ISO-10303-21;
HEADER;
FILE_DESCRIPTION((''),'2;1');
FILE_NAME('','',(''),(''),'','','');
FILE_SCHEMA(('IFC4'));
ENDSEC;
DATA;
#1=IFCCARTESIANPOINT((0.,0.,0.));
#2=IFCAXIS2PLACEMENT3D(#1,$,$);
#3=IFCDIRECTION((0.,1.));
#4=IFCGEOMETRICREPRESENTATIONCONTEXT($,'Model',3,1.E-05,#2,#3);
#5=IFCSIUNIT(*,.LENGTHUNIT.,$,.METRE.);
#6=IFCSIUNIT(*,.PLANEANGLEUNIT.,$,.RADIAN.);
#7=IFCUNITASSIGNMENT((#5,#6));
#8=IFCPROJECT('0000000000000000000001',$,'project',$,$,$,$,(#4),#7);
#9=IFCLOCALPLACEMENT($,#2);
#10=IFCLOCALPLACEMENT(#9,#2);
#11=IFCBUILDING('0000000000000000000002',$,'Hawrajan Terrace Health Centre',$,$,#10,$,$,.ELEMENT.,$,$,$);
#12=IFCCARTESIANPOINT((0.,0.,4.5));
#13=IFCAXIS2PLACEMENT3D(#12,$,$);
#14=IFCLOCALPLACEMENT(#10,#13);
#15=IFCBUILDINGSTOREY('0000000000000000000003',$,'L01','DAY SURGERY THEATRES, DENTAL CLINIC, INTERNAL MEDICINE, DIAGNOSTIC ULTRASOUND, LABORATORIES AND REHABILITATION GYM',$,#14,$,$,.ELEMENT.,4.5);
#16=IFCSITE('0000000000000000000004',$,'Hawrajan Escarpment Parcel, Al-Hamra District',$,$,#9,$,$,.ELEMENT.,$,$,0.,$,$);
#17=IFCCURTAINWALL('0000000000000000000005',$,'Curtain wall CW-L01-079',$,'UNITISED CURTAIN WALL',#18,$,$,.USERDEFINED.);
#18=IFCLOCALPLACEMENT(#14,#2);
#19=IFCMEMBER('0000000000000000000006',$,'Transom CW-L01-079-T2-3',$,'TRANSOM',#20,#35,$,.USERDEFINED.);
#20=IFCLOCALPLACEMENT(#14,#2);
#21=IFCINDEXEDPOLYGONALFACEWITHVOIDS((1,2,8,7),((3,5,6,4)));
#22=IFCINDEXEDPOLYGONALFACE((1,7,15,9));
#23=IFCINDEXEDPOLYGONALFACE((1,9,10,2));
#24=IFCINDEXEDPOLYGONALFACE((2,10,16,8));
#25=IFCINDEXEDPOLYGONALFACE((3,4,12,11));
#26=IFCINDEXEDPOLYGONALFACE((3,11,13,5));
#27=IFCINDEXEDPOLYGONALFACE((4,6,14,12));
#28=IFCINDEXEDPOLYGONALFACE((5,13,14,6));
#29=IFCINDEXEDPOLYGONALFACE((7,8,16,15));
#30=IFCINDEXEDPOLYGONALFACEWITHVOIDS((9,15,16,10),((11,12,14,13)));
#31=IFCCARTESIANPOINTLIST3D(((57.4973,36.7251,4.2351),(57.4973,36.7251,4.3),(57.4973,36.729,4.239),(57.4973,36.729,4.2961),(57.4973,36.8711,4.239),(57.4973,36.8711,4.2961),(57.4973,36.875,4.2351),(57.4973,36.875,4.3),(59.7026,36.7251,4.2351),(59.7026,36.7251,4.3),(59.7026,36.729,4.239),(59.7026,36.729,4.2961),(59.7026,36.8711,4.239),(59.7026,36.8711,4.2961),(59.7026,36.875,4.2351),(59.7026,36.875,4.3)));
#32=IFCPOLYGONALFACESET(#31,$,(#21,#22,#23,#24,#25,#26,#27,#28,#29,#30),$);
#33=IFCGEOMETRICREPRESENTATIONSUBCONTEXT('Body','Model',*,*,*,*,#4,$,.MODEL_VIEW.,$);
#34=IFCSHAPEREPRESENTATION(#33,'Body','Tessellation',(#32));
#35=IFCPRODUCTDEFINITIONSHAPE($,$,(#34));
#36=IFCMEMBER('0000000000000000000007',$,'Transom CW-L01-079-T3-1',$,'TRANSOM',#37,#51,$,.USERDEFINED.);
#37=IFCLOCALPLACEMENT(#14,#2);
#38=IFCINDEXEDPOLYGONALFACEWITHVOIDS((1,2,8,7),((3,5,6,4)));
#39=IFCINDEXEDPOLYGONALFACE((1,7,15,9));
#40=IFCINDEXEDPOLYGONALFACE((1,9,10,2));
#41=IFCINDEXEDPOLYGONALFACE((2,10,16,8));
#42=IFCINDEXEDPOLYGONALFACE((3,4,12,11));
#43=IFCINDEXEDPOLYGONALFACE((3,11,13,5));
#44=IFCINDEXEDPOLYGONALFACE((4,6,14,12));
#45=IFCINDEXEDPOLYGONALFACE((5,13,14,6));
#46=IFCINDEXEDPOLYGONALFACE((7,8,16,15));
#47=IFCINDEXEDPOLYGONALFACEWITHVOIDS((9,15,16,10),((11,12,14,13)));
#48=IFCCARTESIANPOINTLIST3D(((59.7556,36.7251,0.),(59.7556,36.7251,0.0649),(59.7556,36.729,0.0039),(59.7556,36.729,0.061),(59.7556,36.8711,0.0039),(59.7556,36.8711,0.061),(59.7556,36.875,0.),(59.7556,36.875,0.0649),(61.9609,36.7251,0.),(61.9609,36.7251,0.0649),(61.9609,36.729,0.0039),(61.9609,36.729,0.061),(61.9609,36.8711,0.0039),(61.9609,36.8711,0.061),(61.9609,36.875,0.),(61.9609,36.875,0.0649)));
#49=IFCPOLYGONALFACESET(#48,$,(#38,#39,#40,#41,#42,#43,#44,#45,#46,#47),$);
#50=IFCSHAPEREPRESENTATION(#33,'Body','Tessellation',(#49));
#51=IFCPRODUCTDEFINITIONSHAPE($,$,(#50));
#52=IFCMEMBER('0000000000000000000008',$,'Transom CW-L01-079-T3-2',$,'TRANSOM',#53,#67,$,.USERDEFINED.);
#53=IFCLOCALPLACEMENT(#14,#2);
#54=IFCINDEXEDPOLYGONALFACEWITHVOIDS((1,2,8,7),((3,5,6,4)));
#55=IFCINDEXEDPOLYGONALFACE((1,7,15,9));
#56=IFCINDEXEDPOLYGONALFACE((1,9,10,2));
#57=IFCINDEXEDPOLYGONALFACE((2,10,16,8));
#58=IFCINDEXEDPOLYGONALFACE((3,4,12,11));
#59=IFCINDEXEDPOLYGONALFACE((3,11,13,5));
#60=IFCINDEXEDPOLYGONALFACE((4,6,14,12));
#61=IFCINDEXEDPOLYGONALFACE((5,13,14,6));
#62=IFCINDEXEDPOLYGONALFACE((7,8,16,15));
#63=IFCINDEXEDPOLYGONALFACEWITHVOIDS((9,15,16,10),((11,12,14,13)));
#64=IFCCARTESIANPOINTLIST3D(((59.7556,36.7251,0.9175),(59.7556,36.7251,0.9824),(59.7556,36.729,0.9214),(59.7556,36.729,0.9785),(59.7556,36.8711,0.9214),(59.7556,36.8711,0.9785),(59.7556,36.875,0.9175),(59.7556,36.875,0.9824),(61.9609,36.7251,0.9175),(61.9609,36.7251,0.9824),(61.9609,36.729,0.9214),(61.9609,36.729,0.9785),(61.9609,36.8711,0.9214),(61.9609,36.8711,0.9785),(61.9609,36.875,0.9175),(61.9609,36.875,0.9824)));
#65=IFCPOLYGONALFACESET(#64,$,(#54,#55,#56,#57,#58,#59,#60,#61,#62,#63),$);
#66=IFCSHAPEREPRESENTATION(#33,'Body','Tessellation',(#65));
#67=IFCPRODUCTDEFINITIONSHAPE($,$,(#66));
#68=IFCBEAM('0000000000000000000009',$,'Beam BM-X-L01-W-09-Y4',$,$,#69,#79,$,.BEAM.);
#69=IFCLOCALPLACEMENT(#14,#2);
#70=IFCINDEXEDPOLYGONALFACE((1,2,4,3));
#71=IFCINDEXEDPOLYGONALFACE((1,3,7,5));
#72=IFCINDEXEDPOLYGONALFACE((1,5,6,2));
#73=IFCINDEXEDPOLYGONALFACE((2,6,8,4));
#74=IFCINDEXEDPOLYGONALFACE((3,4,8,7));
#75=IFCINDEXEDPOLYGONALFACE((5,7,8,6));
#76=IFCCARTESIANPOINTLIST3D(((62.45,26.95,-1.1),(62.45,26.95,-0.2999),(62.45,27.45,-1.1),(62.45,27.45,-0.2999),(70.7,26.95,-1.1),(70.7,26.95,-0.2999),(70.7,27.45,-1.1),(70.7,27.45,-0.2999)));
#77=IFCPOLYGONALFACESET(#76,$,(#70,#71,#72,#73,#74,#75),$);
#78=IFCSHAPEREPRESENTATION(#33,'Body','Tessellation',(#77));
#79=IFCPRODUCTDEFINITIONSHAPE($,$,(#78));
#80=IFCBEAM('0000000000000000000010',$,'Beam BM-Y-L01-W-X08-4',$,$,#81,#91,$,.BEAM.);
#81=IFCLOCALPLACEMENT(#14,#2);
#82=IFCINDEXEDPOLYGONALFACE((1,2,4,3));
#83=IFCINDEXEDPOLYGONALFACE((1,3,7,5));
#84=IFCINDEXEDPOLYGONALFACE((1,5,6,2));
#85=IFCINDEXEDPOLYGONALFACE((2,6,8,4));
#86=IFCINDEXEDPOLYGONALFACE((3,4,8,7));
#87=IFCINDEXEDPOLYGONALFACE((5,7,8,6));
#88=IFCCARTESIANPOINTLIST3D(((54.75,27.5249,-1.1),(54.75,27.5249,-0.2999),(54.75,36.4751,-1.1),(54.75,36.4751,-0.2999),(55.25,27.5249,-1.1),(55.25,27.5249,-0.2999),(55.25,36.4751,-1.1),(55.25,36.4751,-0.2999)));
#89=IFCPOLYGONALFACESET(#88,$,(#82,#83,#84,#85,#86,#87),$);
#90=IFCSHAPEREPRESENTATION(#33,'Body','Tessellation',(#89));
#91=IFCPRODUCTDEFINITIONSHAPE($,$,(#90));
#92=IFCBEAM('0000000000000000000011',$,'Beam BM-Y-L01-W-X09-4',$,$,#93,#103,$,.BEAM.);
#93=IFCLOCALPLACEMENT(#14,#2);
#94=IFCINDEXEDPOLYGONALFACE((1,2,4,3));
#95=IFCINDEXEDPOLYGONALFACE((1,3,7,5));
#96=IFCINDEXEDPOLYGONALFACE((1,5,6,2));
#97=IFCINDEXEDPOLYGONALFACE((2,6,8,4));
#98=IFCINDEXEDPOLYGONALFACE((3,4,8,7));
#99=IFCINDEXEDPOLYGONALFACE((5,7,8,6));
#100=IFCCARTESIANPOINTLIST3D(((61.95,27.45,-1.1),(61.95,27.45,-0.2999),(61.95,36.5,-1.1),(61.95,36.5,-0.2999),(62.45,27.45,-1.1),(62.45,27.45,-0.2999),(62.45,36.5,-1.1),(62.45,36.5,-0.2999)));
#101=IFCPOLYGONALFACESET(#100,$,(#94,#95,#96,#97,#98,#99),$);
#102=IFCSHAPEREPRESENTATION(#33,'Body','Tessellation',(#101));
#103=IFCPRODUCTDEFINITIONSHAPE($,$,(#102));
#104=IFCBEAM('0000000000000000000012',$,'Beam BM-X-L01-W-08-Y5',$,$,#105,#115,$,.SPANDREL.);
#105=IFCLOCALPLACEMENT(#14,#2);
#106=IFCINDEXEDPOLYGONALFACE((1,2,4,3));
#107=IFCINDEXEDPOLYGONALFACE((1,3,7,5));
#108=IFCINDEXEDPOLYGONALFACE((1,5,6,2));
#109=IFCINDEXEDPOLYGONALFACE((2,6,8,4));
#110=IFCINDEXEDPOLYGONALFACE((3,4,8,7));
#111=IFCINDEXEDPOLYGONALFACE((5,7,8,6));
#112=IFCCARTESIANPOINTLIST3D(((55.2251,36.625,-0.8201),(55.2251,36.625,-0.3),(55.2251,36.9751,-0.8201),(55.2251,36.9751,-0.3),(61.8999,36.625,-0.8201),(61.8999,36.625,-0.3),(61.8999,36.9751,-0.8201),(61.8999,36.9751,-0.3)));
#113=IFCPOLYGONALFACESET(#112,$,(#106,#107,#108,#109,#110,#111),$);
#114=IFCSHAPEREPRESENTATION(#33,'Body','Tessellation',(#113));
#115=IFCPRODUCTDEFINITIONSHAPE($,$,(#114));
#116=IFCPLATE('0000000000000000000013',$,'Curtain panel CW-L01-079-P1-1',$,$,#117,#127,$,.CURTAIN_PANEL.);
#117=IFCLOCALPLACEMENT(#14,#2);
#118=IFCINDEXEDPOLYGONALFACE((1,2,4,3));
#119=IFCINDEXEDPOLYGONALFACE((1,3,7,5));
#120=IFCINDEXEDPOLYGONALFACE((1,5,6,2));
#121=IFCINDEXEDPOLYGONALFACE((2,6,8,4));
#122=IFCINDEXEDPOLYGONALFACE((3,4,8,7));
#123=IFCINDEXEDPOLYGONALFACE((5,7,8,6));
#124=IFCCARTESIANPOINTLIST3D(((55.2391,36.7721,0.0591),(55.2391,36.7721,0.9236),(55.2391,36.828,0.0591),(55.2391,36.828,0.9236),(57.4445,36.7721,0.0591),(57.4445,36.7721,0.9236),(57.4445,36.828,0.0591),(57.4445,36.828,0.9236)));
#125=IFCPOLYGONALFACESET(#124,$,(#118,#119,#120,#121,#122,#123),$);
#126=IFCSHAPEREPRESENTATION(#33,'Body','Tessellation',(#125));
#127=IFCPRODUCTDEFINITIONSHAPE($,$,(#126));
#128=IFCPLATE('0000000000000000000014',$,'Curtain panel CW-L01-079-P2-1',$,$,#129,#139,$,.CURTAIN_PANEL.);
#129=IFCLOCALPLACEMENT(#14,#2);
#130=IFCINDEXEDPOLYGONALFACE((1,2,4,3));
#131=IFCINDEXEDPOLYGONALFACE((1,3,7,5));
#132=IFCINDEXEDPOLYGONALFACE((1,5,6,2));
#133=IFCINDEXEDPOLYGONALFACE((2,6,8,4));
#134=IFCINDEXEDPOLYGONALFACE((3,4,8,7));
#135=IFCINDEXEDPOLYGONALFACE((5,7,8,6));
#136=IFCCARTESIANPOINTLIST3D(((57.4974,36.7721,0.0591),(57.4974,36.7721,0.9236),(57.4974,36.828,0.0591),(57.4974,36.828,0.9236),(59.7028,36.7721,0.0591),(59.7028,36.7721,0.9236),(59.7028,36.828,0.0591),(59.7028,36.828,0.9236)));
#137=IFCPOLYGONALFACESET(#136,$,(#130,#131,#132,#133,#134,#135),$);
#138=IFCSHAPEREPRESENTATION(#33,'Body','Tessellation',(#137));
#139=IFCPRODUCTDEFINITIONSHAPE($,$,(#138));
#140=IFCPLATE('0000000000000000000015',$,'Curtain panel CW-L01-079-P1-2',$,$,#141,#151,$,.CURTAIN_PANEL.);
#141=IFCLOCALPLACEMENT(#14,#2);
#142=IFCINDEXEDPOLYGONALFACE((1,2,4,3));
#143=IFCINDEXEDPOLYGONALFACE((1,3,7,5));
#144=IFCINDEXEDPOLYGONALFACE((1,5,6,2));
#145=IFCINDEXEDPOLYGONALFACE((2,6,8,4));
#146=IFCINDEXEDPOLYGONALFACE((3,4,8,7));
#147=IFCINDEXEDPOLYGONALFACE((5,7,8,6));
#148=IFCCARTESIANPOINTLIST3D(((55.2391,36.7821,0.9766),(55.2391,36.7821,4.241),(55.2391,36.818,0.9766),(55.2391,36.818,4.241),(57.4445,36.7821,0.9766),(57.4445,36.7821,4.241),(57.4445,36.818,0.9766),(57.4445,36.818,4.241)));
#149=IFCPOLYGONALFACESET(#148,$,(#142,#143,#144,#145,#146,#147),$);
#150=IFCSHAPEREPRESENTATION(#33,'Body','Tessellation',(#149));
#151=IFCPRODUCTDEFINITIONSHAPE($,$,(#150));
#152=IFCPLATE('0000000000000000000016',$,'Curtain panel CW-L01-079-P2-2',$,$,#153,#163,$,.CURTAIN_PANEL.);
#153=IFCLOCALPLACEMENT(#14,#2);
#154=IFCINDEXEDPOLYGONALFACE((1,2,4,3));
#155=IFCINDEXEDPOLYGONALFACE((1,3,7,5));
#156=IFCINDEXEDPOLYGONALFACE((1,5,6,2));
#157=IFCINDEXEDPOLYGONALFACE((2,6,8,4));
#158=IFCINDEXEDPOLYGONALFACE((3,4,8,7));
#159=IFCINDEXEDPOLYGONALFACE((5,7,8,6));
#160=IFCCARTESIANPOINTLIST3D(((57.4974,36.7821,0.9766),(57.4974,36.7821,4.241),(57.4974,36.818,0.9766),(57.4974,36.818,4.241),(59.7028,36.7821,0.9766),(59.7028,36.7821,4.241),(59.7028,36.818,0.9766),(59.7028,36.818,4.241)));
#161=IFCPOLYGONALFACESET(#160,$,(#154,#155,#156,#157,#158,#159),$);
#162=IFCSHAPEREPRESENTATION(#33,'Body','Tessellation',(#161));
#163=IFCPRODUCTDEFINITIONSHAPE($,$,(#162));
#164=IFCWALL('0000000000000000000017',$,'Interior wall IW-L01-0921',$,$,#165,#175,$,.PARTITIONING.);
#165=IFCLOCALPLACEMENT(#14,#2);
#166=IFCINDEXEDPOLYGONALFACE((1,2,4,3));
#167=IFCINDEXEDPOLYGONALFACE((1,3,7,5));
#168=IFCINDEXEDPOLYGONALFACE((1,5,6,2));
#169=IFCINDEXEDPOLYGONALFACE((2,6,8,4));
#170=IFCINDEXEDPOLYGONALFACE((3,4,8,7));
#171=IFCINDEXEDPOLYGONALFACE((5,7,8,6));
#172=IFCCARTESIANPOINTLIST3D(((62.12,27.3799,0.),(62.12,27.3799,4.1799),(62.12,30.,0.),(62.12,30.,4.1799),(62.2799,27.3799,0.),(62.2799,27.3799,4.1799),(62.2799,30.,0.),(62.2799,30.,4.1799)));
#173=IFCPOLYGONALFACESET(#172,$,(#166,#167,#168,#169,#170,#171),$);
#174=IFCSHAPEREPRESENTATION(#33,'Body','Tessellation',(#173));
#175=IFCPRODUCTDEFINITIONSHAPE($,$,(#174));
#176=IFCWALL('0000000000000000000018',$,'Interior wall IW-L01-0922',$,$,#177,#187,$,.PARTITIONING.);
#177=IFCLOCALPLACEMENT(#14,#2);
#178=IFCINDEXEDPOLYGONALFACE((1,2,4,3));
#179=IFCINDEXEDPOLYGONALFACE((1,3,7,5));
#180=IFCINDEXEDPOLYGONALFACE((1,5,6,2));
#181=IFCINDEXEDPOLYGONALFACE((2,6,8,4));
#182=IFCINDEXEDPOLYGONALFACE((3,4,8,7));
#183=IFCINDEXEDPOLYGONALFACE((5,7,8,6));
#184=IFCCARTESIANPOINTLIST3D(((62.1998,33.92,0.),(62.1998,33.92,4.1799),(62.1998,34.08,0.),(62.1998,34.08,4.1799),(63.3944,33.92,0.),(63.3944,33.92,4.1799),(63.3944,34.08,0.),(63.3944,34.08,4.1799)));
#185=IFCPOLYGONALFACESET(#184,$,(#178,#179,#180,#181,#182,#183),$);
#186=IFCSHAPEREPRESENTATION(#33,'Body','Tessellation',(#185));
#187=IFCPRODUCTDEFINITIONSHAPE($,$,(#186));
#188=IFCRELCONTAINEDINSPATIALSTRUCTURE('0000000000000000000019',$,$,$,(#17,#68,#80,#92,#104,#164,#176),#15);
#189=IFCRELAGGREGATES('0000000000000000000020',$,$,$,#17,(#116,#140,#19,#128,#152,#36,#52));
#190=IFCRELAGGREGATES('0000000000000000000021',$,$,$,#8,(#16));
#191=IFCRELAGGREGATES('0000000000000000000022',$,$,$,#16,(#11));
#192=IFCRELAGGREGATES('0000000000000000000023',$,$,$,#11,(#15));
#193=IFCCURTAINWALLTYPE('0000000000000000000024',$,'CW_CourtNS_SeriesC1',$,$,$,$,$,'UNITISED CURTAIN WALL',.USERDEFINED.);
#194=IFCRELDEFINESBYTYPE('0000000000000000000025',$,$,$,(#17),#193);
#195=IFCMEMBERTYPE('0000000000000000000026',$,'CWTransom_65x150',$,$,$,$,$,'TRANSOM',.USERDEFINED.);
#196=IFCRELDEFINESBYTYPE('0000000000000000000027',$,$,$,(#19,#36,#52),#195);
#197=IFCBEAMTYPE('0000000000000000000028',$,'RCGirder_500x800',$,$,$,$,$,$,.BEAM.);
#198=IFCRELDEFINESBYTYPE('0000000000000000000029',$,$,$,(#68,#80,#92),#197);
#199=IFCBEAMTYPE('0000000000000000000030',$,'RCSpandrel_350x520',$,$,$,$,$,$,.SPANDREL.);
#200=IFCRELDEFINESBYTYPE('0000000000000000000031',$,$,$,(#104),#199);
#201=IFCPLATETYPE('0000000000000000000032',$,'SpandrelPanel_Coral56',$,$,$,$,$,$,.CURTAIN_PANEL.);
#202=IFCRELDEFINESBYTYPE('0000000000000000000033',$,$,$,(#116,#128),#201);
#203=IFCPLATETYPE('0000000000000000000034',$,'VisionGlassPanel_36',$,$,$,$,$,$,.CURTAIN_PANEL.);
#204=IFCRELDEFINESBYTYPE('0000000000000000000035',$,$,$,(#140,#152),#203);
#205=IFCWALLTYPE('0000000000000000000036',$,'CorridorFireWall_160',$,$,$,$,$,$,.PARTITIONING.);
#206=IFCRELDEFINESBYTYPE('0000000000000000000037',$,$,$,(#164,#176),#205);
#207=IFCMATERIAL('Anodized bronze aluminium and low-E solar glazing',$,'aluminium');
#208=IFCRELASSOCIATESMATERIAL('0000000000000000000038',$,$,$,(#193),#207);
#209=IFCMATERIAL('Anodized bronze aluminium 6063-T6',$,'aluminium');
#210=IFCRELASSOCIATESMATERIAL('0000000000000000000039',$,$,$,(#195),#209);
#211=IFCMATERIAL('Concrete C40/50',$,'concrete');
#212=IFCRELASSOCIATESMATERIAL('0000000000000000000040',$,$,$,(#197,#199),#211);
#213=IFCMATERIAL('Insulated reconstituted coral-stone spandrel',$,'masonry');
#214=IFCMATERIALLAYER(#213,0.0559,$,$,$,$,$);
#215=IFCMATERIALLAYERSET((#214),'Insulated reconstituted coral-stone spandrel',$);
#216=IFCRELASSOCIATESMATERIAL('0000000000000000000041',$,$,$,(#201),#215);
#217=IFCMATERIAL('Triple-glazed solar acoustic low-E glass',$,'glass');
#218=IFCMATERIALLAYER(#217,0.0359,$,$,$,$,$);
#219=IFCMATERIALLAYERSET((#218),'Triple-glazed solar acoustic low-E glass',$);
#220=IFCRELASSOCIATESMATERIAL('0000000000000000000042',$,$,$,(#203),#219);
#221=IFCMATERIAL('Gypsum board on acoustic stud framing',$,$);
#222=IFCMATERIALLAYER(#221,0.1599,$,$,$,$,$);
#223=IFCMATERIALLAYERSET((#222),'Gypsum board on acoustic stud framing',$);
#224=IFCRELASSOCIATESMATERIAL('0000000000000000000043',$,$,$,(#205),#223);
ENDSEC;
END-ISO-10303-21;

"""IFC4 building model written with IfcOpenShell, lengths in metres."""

from ifc_helpers import new_model, si_unit, direction, frame, frame_2d, origin, origin_2d, place, context, subcontext, project, spatial, rectangle, hollow_rectangle, extrude, material, layer, layer_set, material_profile, profile_set, type_object, element, aggregate, save


model = new_model("IFC4")

# Units and contexts
model_context = context("Model", 3, precision=1e-05, world=origin(), true_north=direction((0.0, 1.0)))
body_context = subcontext(model_context, "Body", "Model", "MODEL_VIEW")
ifc_project = project(units=[si_unit("LENGTHUNIT", "METRE"), si_unit("PLANEANGLEUNIT", "RADIAN")], contexts=[model_context])

# Site, building, storey
site_placement = place(None, origin())
site = spatial("IfcSite", under=ifc_project, at=site_placement, Name="Hawrajan Escarpment Parcel, Al-Hamra District", CompositionType="ELEMENT", RefElevation=0.0)
building_placement = place(site_placement, origin())
building = spatial("IfcBuilding", under=site, at=building_placement, Name="Hawrajan Terrace Health Centre", CompositionType="ELEMENT")
storey_placement = place(building_placement, frame((0.0, 0.0, 4.5)))
storey = spatial("IfcBuildingStorey", under=building, at=storey_placement, Name="L01", Description="DAY SURGERY THEATRES, DENTAL CLINIC, INTERNAL MEDICINE, DIAGNOSTIC ULTRASOUND, LABORATORIES AND REHABILITATION GYM", CompositionType="ELEMENT", Elevation=4.5)

# Shared definitions
ifc_material_1 = material(Name="Anodized bronze aluminium and low-E solar glazing", Category="aluminium")
ifc_material_2 = material(Name="Anodized bronze aluminium 6063-T6", Category="aluminium")

# Curtain wall, members
curtain_wall_type_1 = type_object("IfcCurtainWallType", Name="CW_CourtNS_SeriesC1", ElementType="UNITISED CURTAIN WALL", PredefinedType="USERDEFINED", material=ifc_material_1)
curtain_wall_1_placement = place(storey_placement, origin())
curtain_wall_1 = element("IfcCurtainWall", 1, at=curtain_wall_1_placement, inside=storey, type_object=curtain_wall_type_1, Name="Curtain wall CW-L01-079", ObjectType="UNITISED CURTAIN WALL", PredefinedType="USERDEFINED")
ifc_material_profile_1 = material_profile(ifc_material_2, hollow_rectangle(XDim=0.0649, YDim=0.1499, WallThickness=0.0039, at=origin_2d()), Name="CW TRN 65x150")
ifc_profile_set_1 = profile_set([ifc_material_profile_1], Name="Anodized bronze aluminium 6063-T6")
member_type_1 = type_object("IfcMemberType", Name="CWTransom_65x150", ElementType="TRANSOM", PredefinedType="USERDEFINED", material=ifc_profile_set_1)
member_1_placement = place(storey_placement, frame((57.4973, 36.8, 4.2676), z_axis=(1.0, 0.0, 0.0), x_axis=(0.0, 0.0, 1.0)))
member_1 = element("IfcMember", 2, at=member_1_placement, type_object=member_type_1, Name="Transom CW-L01-079-T2-3", ObjectType="TRANSOM", PredefinedType="USERDEFINED", context=body_context, shape_type="SweptSolid", body=[
    extrude(hollow_rectangle(XDim=0.0649, YDim=0.1499, WallThickness=0.0039, at=origin_2d()), origin(), (0.0, 0.0, 1.0), 2.2053),
])
member_2_placement = place(storey_placement, frame((59.7556, 36.8, 0.0325), z_axis=(1.0, 0.0, 0.0), x_axis=(0.0, 0.0, 1.0)))
member_2 = element("IfcMember", 3, at=member_2_placement, type_object=member_type_1, Name="Transom CW-L01-079-T3-1", ObjectType="TRANSOM", PredefinedType="USERDEFINED", context=body_context, shape_type="SweptSolid", body=[
    extrude(hollow_rectangle(XDim=0.0649, YDim=0.1499, WallThickness=0.0039, at=origin_2d()), origin(), (0.0, 0.0, 1.0), 2.2053),
])
member_3_placement = place(storey_placement, frame((59.7556, 36.8, 0.95), z_axis=(1.0, 0.0, 0.0), x_axis=(0.0, 0.0, 1.0)))
member_3 = element("IfcMember", 4, at=member_3_placement, type_object=member_type_1, Name="Transom CW-L01-079-T3-2", ObjectType="TRANSOM", PredefinedType="USERDEFINED", context=body_context, shape_type="SweptSolid", body=[
    extrude(hollow_rectangle(XDim=0.0649, YDim=0.1499, WallThickness=0.0039, at=origin_2d()), origin(), (0.0, 0.0, 1.0), 2.2053),
])

# Beams
ifc_material_3 = material(Name="Concrete C40/50", Category="concrete")
ifc_material_profile_2 = material_profile(ifc_material_3, rectangle(XDim=0.5, YDim=0.8, at=origin_2d()), Name="RC BM 500x800")
ifc_profile_set_2 = profile_set([ifc_material_profile_2], Name="Concrete C40/50")
beam_type_1 = type_object("IfcBeamType", Name="RCGirder_500x800", PredefinedType="BEAM", material=ifc_profile_set_2)
beam_1_placement = place(storey_placement, frame((62.45, 27.2, -0.7), z_axis=(1.0, 0.0, 0.0), x_axis=(0.0, 1.0, 0.0)))
element("IfcBeam", 5, at=beam_1_placement, inside=storey, type_object=beam_type_1, Name="Beam BM-X-L01-W-09-Y4", PredefinedType="BEAM", context=body_context, shape_type="SweptSolid", body=[
    extrude(rectangle(XDim=0.5, YDim=0.8, at=origin_2d()), origin(), (0.0, 0.0, 1.0), 8.25),
])
beam_2_placement = place(storey_placement, frame((55.0, 27.5249, -0.7), z_axis=(0.0, 1.0, 0.0), x_axis=(-1.0, 0.0, 0.0)))
element("IfcBeam", 6, at=beam_2_placement, inside=storey, type_object=beam_type_1, Name="Beam BM-Y-L01-W-X08-4", PredefinedType="BEAM", context=body_context, shape_type="SweptSolid", body=[
    extrude(rectangle(XDim=0.5, YDim=0.8, at=origin_2d()), origin(), (0.0, 0.0, 1.0), 8.9502),
])
beam_3_placement = place(storey_placement, frame((62.2, 27.45, -0.7), z_axis=(0.0, 1.0, 0.0), x_axis=(-1.0, 0.0, 0.0)))
element("IfcBeam", 7, at=beam_3_placement, inside=storey, type_object=beam_type_1, Name="Beam BM-Y-L01-W-X09-4", PredefinedType="BEAM", context=body_context, shape_type="SweptSolid", body=[
    extrude(rectangle(XDim=0.5, YDim=0.8, at=origin_2d()), origin(), (0.0, 0.0, 1.0), 9.05),
])
ifc_material_profile_3 = material_profile(ifc_material_3, rectangle(XDim=0.3501, YDim=0.52, at=origin_2d()), Name="RC SP 350x520")
ifc_profile_set_3 = profile_set([ifc_material_profile_3], Name="Concrete C40/50")
beam_type_2 = type_object("IfcBeamType", Name="RCSpandrel_350x520", PredefinedType="SPANDREL", material=ifc_profile_set_3)
beam_4_placement = place(storey_placement, frame((55.2251, 36.8, -0.5601), z_axis=(1.0, 0.0, 0.0), x_axis=(0.0, 1.0, 0.0)))
element("IfcBeam", 8, at=beam_4_placement, inside=storey, type_object=beam_type_2, Name="Beam BM-X-L01-W-08-Y5", PredefinedType="SPANDREL", context=body_context, shape_type="SweptSolid", body=[
    extrude(rectangle(XDim=0.3501, YDim=0.52, at=origin_2d()), origin(), (0.0, 0.0, 1.0), 6.6748),
])

# Plates
ifc_material_4 = material(Name="Insulated reconstituted coral-stone spandrel", Category="masonry")
ifc_layer_1 = layer(ifc_material_4, 0.0559)
ifc_layer_set_1 = layer_set([ifc_layer_1], Name="Insulated reconstituted coral-stone spandrel")
plate_type_1 = type_object("IfcPlateType", Name="SpandrelPanel_Coral56", PredefinedType="CURTAIN_PANEL", material=ifc_layer_set_1)
plate_1_placement = place(storey_placement, frame((56.3418, 36.8, 0.0591), z_axis=(0.0, 0.0, 1.0), x_axis=(1.0, 0.0, 0.0)))
plate_1 = element("IfcPlate", 9, at=plate_1_placement, type_object=plate_type_1, Name="Curtain panel CW-L01-079-P1-1", PredefinedType="CURTAIN_PANEL", context=body_context, shape_type="SweptSolid", body=[
    extrude(rectangle(XDim=2.2053, YDim=0.0559, at=origin_2d()), origin(), (0.0, 0.0, 1.0), 0.8645),
])
plate_2_placement = place(storey_placement, frame((58.6001, 36.8, 0.0591), z_axis=(0.0, 0.0, 1.0), x_axis=(1.0, 0.0, 0.0)))
plate_2 = element("IfcPlate", 10, at=plate_2_placement, type_object=plate_type_1, Name="Curtain panel CW-L01-079-P2-1", PredefinedType="CURTAIN_PANEL", context=body_context, shape_type="SweptSolid", body=[
    extrude(rectangle(XDim=2.2053, YDim=0.0559, at=origin_2d()), origin(), (0.0, 0.0, 1.0), 0.8645),
])
ifc_material_5 = material(Name="Triple-glazed solar acoustic low-E glass", Category="glass")
ifc_layer_2 = layer(ifc_material_5, 0.0359)
ifc_layer_set_2 = layer_set([ifc_layer_2], Name="Triple-glazed solar acoustic low-E glass")
plate_type_2 = type_object("IfcPlateType", Name="VisionGlassPanel_36", PredefinedType="CURTAIN_PANEL", material=ifc_layer_set_2)
plate_3_placement = place(storey_placement, frame((56.3418, 36.8, 0.9766), z_axis=(0.0, 0.0, 1.0), x_axis=(1.0, 0.0, 0.0)))
plate_3 = element("IfcPlate", 11, at=plate_3_placement, type_object=plate_type_2, Name="Curtain panel CW-L01-079-P1-2", PredefinedType="CURTAIN_PANEL", context=body_context, shape_type="SweptSolid", body=[
    extrude(rectangle(XDim=2.2053, YDim=0.0359, at=origin_2d()), origin(), (0.0, 0.0, 1.0), 3.2644),
])
plate_4_placement = place(storey_placement, frame((58.6001, 36.8, 0.9766), z_axis=(0.0, 0.0, 1.0), x_axis=(1.0, 0.0, 0.0)))
plate_4 = element("IfcPlate", 12, at=plate_4_placement, type_object=plate_type_2, Name="Curtain panel CW-L01-079-P2-2", PredefinedType="CURTAIN_PANEL", context=body_context, shape_type="SweptSolid", body=[
    extrude(rectangle(XDim=2.2053, YDim=0.0359, at=origin_2d()), origin(), (0.0, 0.0, 1.0), 3.2644),
])
aggregate(curtain_wall_1, [plate_1, plate_3, member_1, plate_2, plate_4, member_2, member_3])

# Walls
ifc_material_6 = material(Name="Gypsum board on acoustic stud framing")
ifc_layer_3 = layer(ifc_material_6, 0.1599)
ifc_layer_set_3 = layer_set([ifc_layer_3], Name="Gypsum board on acoustic stud framing")
wall_type = type_object("IfcWallType", Name="CorridorFireWall_160", PredefinedType="PARTITIONING", material=ifc_layer_set_3)
wall_1_placement = place(storey_placement, frame((62.2, 27.3799, 0.0), z_axis=(0.0, 0.0, 1.0), x_axis=(0.0, 1.0, 0.0)))
element("IfcWall", 13, at=wall_1_placement, inside=storey, type_object=wall_type, Name="Interior wall IW-L01-0921", PredefinedType="PARTITIONING", context=body_context, shape_type="SweptSolid", body=[
    extrude(rectangle(XDim=2.6201, YDim=0.1599, at=frame_2d((1.3101, 0.0))), origin(), (0.0, 0.0, 1.0), 4.1799),
])
wall_2_placement = place(storey_placement, frame((62.2, 34.0, 0.0), z_axis=(0.0, 0.0, 1.0), x_axis=(1.0, 0.0, 0.0)))
element("IfcWall", 14, at=wall_2_placement, inside=storey, type_object=wall_type, Name="Interior wall IW-L01-0922", PredefinedType="PARTITIONING", context=body_context, shape_type="SweptSolid", body=[
    extrude(rectangle(XDim=1.1946, YDim=0.1599, at=frame_2d((0.5972, 0.0))), origin(), (0.0, 0.0, 1.0), 4.1799),
])

save(model, "model.ifc")
